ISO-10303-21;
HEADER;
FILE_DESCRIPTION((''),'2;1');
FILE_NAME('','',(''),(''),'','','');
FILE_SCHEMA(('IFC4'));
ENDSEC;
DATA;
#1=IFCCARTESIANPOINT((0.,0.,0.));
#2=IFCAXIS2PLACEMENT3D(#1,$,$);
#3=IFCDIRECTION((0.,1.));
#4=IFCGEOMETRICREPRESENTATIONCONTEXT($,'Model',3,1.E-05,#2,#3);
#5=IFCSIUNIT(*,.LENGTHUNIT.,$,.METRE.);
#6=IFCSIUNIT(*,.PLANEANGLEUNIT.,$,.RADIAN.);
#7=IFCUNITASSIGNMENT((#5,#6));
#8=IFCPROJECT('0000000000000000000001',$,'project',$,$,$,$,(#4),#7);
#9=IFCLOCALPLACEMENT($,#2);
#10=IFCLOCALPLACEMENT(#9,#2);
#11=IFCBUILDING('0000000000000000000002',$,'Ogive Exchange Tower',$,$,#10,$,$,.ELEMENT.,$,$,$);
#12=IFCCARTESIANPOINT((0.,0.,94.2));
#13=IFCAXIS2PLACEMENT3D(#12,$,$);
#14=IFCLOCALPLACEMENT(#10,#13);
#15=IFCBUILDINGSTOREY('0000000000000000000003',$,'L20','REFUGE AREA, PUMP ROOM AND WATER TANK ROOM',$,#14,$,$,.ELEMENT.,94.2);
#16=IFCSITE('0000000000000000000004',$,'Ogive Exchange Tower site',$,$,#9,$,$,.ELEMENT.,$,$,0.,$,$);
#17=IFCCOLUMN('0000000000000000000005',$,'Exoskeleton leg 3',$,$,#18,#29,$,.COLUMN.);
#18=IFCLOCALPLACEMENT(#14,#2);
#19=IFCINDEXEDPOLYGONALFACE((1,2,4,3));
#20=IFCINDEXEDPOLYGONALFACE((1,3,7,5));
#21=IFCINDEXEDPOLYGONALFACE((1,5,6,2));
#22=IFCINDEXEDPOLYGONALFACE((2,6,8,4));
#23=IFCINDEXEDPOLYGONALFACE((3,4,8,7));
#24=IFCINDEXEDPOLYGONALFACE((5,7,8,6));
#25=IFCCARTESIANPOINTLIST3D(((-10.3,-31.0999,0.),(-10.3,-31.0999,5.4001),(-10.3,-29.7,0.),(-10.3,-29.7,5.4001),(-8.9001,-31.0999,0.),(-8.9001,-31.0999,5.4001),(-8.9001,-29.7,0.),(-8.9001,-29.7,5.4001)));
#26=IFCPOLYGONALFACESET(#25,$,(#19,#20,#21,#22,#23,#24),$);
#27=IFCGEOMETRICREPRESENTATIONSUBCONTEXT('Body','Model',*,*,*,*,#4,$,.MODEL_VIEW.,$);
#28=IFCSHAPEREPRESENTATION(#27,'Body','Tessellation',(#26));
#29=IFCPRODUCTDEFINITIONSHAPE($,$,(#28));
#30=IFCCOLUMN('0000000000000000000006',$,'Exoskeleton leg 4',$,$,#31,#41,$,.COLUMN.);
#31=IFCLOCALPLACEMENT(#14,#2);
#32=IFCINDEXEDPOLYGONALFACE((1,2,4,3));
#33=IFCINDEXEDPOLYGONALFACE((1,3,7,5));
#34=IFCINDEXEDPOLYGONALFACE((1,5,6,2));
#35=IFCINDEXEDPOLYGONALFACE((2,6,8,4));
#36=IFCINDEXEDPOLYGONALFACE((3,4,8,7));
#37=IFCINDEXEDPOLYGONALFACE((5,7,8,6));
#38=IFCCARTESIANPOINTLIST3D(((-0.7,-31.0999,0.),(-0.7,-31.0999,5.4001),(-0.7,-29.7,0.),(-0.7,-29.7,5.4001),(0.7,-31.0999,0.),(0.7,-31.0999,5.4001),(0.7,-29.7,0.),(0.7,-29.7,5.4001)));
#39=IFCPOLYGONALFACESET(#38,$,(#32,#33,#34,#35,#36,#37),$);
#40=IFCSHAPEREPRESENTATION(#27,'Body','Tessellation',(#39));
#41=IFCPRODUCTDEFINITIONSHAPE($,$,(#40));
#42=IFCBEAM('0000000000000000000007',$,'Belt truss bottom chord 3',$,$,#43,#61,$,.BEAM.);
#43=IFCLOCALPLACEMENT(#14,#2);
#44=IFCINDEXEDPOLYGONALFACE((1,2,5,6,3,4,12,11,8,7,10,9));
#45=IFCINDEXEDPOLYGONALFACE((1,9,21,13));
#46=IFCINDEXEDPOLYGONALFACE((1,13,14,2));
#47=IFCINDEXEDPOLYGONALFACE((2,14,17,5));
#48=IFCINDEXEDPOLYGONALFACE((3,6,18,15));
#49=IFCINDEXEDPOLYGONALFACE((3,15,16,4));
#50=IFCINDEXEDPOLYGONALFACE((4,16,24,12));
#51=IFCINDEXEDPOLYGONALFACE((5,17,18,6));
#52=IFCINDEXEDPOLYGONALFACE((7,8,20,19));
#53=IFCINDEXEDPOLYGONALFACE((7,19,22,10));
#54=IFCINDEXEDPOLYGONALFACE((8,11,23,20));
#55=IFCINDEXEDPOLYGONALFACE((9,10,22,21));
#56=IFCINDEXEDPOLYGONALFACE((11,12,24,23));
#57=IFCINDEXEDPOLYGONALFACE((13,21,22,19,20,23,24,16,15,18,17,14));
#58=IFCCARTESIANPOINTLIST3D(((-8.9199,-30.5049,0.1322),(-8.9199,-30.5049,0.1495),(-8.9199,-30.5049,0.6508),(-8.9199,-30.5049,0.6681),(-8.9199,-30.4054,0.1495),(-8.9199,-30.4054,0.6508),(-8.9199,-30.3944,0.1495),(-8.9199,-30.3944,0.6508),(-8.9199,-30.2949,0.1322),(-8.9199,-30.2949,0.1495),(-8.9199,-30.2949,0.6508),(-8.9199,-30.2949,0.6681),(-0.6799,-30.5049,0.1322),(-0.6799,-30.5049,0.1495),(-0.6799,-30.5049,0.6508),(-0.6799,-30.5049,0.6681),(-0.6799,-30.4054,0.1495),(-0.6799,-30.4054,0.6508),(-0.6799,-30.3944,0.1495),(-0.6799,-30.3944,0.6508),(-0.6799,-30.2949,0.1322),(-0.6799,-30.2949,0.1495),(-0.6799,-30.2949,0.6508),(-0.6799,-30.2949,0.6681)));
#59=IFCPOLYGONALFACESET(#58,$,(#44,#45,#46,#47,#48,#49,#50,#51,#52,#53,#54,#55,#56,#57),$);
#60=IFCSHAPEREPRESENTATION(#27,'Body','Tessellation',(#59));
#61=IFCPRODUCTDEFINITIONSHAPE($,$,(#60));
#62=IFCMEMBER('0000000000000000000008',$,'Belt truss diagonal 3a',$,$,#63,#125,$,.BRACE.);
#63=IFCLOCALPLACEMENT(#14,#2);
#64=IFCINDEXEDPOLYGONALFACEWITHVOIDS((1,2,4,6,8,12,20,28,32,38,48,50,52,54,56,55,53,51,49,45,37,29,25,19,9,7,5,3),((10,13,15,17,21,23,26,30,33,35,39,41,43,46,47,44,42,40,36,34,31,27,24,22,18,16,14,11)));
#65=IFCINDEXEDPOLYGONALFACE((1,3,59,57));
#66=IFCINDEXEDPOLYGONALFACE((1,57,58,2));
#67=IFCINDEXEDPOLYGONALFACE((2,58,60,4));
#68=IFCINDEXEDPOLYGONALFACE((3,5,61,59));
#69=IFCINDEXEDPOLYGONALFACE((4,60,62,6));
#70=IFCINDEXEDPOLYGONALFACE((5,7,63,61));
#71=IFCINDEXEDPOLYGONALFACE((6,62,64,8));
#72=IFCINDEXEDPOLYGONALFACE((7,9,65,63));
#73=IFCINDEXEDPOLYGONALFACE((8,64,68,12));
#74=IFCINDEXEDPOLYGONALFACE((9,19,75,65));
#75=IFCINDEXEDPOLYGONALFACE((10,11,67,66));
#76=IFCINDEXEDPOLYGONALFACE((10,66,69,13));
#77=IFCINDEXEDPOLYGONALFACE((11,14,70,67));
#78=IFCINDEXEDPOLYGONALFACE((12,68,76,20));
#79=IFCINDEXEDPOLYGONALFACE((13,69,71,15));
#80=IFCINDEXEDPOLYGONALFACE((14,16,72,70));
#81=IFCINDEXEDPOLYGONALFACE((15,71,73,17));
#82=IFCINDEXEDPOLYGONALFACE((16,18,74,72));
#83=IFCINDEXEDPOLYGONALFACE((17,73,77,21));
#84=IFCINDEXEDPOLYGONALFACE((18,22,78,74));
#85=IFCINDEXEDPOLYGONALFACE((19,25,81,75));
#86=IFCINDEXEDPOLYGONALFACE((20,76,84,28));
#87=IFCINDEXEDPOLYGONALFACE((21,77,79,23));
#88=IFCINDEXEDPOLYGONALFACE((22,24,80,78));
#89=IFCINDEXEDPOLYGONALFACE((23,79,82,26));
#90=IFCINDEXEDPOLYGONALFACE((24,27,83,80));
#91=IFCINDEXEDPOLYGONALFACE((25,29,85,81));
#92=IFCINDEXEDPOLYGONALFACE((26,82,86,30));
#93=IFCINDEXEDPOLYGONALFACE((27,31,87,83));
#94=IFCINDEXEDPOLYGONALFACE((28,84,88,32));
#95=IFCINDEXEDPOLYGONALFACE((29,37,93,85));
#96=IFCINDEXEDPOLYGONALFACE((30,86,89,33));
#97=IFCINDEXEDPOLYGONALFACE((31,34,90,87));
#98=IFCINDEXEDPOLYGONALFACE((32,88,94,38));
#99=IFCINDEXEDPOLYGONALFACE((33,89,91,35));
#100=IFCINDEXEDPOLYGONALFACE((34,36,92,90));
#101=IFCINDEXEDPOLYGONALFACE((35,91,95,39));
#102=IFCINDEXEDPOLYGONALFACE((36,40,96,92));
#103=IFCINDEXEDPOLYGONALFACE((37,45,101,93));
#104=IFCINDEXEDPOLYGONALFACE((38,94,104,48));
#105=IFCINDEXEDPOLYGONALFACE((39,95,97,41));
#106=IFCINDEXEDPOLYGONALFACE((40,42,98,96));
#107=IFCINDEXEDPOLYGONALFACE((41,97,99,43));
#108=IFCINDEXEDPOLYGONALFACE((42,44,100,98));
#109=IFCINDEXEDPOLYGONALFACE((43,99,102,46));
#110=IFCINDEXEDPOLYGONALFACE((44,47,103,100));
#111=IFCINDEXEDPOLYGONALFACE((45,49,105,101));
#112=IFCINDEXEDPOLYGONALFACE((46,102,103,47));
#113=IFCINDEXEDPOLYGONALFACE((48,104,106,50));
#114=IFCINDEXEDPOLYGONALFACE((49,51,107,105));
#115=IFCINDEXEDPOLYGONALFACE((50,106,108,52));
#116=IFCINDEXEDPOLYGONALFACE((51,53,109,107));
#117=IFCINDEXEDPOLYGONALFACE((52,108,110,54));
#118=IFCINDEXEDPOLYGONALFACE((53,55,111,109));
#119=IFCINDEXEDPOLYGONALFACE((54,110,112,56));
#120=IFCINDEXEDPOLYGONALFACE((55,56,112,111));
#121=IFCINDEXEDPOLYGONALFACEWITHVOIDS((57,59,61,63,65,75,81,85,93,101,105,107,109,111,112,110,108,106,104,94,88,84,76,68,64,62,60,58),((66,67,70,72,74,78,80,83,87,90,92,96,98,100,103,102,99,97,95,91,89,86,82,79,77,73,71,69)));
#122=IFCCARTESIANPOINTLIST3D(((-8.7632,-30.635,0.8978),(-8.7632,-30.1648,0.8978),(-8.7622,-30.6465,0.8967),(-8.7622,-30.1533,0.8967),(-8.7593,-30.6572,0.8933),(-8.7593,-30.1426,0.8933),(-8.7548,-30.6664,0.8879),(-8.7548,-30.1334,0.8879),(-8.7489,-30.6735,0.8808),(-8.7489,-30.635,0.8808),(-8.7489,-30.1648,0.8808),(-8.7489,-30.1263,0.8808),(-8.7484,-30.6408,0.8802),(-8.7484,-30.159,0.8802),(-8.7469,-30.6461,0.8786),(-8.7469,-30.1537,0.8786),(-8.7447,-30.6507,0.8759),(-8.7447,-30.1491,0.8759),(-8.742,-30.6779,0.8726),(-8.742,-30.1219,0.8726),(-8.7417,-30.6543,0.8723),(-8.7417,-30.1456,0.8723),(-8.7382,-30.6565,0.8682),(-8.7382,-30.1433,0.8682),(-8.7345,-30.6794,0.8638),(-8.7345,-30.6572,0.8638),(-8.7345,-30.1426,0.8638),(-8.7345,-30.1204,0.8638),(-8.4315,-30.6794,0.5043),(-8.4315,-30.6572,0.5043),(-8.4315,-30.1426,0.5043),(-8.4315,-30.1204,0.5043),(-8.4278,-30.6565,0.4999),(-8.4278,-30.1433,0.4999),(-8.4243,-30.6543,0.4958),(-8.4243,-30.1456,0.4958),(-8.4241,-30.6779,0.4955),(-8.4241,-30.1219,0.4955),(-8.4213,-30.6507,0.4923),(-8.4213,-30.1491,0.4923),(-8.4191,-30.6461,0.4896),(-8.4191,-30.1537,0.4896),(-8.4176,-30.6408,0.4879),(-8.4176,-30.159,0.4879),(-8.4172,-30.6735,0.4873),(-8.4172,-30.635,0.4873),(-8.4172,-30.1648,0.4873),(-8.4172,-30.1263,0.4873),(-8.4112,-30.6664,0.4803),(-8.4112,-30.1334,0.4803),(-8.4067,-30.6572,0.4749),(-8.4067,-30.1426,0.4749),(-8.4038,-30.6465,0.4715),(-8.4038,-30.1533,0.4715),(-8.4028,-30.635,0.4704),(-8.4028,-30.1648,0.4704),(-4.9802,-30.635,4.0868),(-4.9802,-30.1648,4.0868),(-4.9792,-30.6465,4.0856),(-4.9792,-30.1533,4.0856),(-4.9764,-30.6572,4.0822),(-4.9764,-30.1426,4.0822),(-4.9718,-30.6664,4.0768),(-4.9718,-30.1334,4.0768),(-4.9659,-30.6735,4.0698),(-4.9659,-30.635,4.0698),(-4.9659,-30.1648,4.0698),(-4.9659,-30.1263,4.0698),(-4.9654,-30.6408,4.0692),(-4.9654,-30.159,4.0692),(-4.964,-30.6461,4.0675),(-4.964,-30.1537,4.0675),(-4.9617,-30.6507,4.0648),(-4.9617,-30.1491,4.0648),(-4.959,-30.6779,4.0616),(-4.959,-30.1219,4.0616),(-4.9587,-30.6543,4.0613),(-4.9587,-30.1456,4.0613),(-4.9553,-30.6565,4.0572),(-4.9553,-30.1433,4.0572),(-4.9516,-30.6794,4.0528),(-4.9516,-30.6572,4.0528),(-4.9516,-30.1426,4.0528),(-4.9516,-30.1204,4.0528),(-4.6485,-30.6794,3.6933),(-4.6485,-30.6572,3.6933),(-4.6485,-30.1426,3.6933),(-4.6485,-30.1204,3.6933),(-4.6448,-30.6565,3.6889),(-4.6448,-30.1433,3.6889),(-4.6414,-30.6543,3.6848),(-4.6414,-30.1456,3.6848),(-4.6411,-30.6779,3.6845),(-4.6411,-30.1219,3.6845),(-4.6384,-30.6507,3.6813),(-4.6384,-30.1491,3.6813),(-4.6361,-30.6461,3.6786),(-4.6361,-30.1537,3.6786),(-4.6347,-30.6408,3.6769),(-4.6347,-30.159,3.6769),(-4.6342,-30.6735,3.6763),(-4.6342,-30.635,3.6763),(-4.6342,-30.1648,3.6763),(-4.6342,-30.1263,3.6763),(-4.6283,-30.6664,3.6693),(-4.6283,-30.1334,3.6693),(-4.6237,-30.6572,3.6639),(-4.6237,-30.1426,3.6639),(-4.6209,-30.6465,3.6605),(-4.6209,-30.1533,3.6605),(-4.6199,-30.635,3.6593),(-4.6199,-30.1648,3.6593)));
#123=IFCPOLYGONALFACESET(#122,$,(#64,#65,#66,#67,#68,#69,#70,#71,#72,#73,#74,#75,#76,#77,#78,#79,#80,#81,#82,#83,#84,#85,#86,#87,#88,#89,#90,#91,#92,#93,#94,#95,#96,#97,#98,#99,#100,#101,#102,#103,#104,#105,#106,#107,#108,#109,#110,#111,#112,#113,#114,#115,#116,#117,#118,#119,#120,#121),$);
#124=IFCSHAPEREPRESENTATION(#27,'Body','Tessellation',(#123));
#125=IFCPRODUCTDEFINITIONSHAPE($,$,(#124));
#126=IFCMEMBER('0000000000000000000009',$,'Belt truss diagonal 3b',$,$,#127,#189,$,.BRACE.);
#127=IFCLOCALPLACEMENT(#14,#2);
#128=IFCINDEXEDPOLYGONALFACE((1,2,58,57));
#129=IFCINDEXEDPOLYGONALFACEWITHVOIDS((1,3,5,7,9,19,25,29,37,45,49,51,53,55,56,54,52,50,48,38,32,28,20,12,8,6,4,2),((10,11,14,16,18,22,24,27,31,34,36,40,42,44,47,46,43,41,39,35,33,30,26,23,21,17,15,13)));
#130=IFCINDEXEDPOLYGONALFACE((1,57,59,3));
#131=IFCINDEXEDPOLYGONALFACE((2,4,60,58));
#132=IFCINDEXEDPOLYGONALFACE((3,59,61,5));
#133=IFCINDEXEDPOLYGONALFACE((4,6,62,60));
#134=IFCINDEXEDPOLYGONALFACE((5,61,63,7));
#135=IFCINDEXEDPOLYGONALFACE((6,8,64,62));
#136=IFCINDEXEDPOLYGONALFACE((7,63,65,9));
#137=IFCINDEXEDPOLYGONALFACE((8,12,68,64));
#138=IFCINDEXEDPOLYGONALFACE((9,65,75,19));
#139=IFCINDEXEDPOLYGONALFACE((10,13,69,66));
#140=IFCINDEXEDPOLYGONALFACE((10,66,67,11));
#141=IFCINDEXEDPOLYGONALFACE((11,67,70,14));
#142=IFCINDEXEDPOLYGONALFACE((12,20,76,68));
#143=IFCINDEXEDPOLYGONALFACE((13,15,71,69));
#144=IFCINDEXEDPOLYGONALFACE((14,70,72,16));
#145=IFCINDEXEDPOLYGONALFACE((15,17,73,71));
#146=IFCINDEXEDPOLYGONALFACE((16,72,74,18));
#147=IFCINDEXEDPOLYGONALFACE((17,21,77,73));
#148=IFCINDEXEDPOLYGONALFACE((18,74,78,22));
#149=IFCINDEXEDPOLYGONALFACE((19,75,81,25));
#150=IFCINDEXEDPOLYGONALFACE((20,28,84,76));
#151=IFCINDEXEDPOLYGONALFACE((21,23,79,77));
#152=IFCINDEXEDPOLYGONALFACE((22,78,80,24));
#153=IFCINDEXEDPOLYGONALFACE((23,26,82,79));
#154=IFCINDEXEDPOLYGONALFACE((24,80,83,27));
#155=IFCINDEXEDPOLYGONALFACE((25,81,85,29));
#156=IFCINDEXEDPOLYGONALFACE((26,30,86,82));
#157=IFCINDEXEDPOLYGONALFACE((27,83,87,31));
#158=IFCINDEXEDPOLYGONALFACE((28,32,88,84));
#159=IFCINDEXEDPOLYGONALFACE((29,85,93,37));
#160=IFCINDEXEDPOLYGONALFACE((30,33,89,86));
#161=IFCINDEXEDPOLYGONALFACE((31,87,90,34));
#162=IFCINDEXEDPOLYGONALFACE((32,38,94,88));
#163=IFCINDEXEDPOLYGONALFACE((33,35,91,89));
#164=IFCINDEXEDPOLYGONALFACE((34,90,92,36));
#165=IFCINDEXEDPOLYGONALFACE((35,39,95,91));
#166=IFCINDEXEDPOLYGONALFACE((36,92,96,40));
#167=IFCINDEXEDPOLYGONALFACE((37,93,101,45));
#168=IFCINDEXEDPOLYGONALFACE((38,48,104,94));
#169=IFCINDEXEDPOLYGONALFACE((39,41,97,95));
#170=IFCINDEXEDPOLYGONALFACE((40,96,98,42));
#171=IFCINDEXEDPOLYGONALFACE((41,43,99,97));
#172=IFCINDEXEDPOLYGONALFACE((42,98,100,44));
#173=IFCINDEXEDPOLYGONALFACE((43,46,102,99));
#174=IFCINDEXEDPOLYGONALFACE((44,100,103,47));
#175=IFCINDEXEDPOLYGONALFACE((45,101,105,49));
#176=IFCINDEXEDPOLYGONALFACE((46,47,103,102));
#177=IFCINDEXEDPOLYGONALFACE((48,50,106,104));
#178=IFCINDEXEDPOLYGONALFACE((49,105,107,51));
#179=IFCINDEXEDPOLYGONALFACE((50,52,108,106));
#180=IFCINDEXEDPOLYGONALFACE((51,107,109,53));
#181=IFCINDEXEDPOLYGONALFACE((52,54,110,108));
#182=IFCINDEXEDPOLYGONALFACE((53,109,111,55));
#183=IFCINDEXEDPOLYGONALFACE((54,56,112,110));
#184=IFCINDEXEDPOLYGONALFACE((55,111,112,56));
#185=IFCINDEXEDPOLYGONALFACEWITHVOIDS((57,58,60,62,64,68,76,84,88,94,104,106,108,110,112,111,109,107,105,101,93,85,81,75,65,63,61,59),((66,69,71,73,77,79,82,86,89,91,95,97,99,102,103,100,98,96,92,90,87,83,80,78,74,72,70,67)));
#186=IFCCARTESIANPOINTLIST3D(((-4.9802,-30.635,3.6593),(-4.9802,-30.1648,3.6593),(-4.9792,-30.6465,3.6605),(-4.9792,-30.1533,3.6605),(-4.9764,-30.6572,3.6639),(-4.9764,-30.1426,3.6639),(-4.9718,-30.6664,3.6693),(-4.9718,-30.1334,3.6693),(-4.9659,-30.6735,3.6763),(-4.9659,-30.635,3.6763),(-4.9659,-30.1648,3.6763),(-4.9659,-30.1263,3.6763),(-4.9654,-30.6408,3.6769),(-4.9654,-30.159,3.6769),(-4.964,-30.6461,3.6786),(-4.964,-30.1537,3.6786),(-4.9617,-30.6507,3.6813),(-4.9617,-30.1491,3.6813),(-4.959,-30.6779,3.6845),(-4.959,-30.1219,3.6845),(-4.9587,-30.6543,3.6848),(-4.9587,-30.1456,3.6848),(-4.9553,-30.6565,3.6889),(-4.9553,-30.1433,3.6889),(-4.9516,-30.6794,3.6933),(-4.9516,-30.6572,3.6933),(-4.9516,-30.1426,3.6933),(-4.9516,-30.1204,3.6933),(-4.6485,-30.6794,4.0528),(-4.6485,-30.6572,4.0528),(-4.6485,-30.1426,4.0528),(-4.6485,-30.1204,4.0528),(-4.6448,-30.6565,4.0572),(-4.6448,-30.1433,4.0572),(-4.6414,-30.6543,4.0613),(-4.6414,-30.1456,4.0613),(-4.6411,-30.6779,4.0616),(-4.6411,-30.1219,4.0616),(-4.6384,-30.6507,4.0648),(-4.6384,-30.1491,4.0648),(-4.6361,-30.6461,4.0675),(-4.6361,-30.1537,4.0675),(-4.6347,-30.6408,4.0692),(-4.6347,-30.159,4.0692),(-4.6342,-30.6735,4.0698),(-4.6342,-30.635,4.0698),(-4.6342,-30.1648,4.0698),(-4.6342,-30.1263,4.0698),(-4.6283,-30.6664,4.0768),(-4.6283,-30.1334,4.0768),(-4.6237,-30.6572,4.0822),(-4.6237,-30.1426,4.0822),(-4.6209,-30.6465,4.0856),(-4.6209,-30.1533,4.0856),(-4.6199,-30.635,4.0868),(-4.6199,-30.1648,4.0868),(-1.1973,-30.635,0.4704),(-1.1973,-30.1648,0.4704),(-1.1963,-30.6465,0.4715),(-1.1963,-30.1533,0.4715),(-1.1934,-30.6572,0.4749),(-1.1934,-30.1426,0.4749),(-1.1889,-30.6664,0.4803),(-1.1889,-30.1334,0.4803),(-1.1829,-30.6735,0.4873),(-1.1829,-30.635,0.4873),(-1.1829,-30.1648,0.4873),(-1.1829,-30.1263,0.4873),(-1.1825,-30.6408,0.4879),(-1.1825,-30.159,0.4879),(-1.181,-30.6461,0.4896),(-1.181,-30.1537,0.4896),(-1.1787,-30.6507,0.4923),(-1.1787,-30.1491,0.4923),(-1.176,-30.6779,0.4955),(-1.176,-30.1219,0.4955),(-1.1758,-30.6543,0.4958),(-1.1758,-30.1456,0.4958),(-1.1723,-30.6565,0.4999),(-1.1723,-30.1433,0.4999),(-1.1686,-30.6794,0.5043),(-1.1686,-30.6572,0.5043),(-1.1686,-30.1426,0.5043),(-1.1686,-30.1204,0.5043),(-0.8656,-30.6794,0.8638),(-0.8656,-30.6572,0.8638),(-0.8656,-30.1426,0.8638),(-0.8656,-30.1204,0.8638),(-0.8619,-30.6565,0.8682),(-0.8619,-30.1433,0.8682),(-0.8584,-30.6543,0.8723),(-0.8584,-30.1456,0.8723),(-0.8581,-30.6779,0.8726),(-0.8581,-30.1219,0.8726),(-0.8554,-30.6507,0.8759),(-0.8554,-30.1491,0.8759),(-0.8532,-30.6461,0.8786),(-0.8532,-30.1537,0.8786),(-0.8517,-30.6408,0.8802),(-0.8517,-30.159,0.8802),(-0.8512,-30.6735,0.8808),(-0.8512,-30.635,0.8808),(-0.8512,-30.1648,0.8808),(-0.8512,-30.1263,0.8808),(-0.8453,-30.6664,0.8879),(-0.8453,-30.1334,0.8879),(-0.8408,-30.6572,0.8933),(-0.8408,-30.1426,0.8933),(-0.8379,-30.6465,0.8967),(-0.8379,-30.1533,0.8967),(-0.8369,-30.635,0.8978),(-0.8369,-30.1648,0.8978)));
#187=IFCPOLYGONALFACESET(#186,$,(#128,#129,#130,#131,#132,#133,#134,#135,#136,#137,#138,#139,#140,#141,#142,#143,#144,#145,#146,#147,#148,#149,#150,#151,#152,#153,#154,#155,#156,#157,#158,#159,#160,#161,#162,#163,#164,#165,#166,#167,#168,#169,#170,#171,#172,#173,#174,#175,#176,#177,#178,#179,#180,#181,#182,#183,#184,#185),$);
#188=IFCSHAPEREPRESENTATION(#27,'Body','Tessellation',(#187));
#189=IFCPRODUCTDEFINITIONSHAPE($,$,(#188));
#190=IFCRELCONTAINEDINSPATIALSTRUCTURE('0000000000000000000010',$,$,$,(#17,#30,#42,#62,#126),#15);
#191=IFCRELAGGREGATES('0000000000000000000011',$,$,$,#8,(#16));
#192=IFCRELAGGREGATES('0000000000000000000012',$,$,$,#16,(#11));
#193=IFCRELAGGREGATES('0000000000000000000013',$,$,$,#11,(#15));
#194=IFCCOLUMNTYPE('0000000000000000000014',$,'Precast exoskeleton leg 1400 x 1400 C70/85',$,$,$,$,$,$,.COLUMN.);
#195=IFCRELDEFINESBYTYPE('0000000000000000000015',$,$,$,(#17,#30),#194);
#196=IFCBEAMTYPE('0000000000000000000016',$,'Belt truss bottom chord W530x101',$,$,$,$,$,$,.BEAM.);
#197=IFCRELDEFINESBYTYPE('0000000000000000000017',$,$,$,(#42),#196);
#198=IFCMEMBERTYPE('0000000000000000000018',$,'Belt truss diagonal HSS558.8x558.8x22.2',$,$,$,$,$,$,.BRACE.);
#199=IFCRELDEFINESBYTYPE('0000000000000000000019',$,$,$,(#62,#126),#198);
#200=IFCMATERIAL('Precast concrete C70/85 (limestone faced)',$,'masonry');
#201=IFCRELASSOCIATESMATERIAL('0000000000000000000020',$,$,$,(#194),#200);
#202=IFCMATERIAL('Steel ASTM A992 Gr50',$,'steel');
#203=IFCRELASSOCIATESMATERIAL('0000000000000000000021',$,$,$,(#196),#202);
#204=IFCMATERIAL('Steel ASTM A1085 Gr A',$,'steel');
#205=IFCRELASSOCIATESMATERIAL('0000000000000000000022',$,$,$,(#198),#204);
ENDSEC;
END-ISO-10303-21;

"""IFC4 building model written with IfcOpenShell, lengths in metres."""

from ifc_helpers import new_model, si_unit, direction, frame, origin, origin_2d, place, context, subcontext, project, spatial, rectangle, hollow_rectangle, i_section, extrude, material, material_profile, profile_set, type_object, element, save


model = new_model("IFC4")

# Units and contexts
model_context = context("Model", 3, precision=1e-05, world=origin(), true_north=direction((0.0, 1.0)))
body_context = subcontext(model_context, "Body", "Model", "MODEL_VIEW")
ifc_project = project(units=[si_unit("LENGTHUNIT", "METRE"), si_unit("PLANEANGLEUNIT", "RADIAN")], contexts=[model_context])

# Site, building, storey
site_placement = place(None, origin())
site = spatial("IfcSite", under=ifc_project, at=site_placement, Name="Ogive Exchange Tower site", CompositionType="ELEMENT", RefElevation=0.0)
building_placement = place(site_placement, origin())
building = spatial("IfcBuilding", under=site, at=building_placement, Name="Ogive Exchange Tower", CompositionType="ELEMENT")
storey_placement = place(building_placement, frame((0.0, 0.0, 94.2)))
storey = spatial("IfcBuildingStorey", under=building, at=storey_placement, Name="L20", Description="REFUGE AREA, PUMP ROOM AND WATER TANK ROOM", CompositionType="ELEMENT", Elevation=94.2)

# Columns
ifc_material_1 = material(Name="Precast concrete C70/85 (limestone faced)", Category="masonry")
ifc_material_profile_1 = material_profile(ifc_material_1, rectangle(XDim=1.3999, YDim=1.3999, at=origin_2d()), Name="1400 x 1400")
ifc_profile_set_1 = profile_set([ifc_material_profile_1], Name="Precast concrete C70/85 (limestone faced)")
column_type = type_object("IfcColumnType", Name="Precast exoskeleton leg 1400 x 1400 C70/85", PredefinedType="COLUMN", material=ifc_profile_set_1)
for number, where, z_axis, x_axis, name in (
    (1, (-9.6001, -30.3999, 0.0), (0.0, 0.0, 1.0), (1.0, 0.0, 0.0), "Exoskeleton leg 3"),
    (2, (0.0, -30.3999, 0.0), (0.0, 0.0, 1.0), (1.0, 0.0, 0.0), "Exoskeleton leg 4"),
):
    element("IfcColumn", number, at=place(storey_placement, frame(where, z_axis=z_axis, x_axis=x_axis)), inside=storey, type_object=column_type, Name=name, PredefinedType="COLUMN", context=body_context, shape_type="SweptSolid", body=[
        extrude(rectangle(XDim=1.3999, YDim=1.3999, at=origin_2d()), origin(), (0.0, 0.0, 1.0), 5.4001),
    ])

# Beam
ifc_material_2 = material(Name="Steel ASTM A992 Gr50", Category="steel")
ifc_material_profile_2 = material_profile(ifc_material_2, i_section(OverallWidth=0.21, OverallDepth=0.5359, WebThickness=0.011, FlangeThickness=0.0173, at=origin_2d()), Name="W530x101")
ifc_profile_set_2 = profile_set([ifc_material_profile_2], Name="Steel ASTM A992 Gr50")
beam_type_1 = type_object("IfcBeamType", Name="Belt truss bottom chord W530x101", PredefinedType="BEAM", material=ifc_profile_set_2)
beam_1_placement = place(storey_placement, frame((-8.9199, -30.3999, 0.4001), z_axis=(1.0, 0.0, 0.0), x_axis=(0.0, 1.0, 0.0)))
element("IfcBeam", 3, at=beam_1_placement, inside=storey, type_object=beam_type_1, Name="Belt truss bottom chord 3", PredefinedType="BEAM", context=body_context, shape_type="SweptSolid", body=[
    extrude(i_section(OverallWidth=0.21, OverallDepth=0.5359, WebThickness=0.011, FlangeThickness=0.0173, at=origin_2d()), origin(), (0.0, 0.0, 1.0), 8.24),
])

# Members
ifc_material_3 = material(Name="Steel ASTM A1085 Gr A", Category="steel")
ifc_material_profile_3 = material_profile(ifc_material_3, hollow_rectangle(XDim=0.5591, YDim=0.5591, WallThickness=0.0222, InnerFilletRadius=0.0222, OuterFilletRadius=0.0444, at=origin_2d()), Name="HSS558.8x558.8x22.2")
ifc_profile_set_3 = profile_set([ifc_material_profile_3], Name="Steel ASTM A1085 Gr A")
member_type_1 = type_object("IfcMemberType", Name="Belt truss diagonal HSS558.8x558.8x22.2", PredefinedType="BRACE", material=ifc_profile_set_3)
for number, where, z_axis, x_axis, name in (
    (4, (-8.583, -30.3999, 0.6841), (0.764581, 0.0, 0.644528), (0.0, 1.0, 0.0), "Belt truss diagonal 3a"),
    (5, (-1.0171, -30.3999, 0.6841), (-0.764581, 0.0, 0.644528), (0.0, -1.0, 0.0), "Belt truss diagonal 3b"),
):
    element("IfcMember", number, at=place(storey_placement, frame(where, z_axis=z_axis, x_axis=x_axis)), inside=storey, type_object=member_type_1, Name=name, PredefinedType="BRACE", context=body_context, shape_type="SweptSolid", body=[
        extrude(hollow_rectangle(XDim=0.5591, YDim=0.5591, WallThickness=0.0222, InnerFilletRadius=0.0222, OuterFilletRadius=0.0444, at=origin_2d()), origin(), (0.0, 0.0, 1.0), 4.9478),
    ])

save(model, "model.ifc")
